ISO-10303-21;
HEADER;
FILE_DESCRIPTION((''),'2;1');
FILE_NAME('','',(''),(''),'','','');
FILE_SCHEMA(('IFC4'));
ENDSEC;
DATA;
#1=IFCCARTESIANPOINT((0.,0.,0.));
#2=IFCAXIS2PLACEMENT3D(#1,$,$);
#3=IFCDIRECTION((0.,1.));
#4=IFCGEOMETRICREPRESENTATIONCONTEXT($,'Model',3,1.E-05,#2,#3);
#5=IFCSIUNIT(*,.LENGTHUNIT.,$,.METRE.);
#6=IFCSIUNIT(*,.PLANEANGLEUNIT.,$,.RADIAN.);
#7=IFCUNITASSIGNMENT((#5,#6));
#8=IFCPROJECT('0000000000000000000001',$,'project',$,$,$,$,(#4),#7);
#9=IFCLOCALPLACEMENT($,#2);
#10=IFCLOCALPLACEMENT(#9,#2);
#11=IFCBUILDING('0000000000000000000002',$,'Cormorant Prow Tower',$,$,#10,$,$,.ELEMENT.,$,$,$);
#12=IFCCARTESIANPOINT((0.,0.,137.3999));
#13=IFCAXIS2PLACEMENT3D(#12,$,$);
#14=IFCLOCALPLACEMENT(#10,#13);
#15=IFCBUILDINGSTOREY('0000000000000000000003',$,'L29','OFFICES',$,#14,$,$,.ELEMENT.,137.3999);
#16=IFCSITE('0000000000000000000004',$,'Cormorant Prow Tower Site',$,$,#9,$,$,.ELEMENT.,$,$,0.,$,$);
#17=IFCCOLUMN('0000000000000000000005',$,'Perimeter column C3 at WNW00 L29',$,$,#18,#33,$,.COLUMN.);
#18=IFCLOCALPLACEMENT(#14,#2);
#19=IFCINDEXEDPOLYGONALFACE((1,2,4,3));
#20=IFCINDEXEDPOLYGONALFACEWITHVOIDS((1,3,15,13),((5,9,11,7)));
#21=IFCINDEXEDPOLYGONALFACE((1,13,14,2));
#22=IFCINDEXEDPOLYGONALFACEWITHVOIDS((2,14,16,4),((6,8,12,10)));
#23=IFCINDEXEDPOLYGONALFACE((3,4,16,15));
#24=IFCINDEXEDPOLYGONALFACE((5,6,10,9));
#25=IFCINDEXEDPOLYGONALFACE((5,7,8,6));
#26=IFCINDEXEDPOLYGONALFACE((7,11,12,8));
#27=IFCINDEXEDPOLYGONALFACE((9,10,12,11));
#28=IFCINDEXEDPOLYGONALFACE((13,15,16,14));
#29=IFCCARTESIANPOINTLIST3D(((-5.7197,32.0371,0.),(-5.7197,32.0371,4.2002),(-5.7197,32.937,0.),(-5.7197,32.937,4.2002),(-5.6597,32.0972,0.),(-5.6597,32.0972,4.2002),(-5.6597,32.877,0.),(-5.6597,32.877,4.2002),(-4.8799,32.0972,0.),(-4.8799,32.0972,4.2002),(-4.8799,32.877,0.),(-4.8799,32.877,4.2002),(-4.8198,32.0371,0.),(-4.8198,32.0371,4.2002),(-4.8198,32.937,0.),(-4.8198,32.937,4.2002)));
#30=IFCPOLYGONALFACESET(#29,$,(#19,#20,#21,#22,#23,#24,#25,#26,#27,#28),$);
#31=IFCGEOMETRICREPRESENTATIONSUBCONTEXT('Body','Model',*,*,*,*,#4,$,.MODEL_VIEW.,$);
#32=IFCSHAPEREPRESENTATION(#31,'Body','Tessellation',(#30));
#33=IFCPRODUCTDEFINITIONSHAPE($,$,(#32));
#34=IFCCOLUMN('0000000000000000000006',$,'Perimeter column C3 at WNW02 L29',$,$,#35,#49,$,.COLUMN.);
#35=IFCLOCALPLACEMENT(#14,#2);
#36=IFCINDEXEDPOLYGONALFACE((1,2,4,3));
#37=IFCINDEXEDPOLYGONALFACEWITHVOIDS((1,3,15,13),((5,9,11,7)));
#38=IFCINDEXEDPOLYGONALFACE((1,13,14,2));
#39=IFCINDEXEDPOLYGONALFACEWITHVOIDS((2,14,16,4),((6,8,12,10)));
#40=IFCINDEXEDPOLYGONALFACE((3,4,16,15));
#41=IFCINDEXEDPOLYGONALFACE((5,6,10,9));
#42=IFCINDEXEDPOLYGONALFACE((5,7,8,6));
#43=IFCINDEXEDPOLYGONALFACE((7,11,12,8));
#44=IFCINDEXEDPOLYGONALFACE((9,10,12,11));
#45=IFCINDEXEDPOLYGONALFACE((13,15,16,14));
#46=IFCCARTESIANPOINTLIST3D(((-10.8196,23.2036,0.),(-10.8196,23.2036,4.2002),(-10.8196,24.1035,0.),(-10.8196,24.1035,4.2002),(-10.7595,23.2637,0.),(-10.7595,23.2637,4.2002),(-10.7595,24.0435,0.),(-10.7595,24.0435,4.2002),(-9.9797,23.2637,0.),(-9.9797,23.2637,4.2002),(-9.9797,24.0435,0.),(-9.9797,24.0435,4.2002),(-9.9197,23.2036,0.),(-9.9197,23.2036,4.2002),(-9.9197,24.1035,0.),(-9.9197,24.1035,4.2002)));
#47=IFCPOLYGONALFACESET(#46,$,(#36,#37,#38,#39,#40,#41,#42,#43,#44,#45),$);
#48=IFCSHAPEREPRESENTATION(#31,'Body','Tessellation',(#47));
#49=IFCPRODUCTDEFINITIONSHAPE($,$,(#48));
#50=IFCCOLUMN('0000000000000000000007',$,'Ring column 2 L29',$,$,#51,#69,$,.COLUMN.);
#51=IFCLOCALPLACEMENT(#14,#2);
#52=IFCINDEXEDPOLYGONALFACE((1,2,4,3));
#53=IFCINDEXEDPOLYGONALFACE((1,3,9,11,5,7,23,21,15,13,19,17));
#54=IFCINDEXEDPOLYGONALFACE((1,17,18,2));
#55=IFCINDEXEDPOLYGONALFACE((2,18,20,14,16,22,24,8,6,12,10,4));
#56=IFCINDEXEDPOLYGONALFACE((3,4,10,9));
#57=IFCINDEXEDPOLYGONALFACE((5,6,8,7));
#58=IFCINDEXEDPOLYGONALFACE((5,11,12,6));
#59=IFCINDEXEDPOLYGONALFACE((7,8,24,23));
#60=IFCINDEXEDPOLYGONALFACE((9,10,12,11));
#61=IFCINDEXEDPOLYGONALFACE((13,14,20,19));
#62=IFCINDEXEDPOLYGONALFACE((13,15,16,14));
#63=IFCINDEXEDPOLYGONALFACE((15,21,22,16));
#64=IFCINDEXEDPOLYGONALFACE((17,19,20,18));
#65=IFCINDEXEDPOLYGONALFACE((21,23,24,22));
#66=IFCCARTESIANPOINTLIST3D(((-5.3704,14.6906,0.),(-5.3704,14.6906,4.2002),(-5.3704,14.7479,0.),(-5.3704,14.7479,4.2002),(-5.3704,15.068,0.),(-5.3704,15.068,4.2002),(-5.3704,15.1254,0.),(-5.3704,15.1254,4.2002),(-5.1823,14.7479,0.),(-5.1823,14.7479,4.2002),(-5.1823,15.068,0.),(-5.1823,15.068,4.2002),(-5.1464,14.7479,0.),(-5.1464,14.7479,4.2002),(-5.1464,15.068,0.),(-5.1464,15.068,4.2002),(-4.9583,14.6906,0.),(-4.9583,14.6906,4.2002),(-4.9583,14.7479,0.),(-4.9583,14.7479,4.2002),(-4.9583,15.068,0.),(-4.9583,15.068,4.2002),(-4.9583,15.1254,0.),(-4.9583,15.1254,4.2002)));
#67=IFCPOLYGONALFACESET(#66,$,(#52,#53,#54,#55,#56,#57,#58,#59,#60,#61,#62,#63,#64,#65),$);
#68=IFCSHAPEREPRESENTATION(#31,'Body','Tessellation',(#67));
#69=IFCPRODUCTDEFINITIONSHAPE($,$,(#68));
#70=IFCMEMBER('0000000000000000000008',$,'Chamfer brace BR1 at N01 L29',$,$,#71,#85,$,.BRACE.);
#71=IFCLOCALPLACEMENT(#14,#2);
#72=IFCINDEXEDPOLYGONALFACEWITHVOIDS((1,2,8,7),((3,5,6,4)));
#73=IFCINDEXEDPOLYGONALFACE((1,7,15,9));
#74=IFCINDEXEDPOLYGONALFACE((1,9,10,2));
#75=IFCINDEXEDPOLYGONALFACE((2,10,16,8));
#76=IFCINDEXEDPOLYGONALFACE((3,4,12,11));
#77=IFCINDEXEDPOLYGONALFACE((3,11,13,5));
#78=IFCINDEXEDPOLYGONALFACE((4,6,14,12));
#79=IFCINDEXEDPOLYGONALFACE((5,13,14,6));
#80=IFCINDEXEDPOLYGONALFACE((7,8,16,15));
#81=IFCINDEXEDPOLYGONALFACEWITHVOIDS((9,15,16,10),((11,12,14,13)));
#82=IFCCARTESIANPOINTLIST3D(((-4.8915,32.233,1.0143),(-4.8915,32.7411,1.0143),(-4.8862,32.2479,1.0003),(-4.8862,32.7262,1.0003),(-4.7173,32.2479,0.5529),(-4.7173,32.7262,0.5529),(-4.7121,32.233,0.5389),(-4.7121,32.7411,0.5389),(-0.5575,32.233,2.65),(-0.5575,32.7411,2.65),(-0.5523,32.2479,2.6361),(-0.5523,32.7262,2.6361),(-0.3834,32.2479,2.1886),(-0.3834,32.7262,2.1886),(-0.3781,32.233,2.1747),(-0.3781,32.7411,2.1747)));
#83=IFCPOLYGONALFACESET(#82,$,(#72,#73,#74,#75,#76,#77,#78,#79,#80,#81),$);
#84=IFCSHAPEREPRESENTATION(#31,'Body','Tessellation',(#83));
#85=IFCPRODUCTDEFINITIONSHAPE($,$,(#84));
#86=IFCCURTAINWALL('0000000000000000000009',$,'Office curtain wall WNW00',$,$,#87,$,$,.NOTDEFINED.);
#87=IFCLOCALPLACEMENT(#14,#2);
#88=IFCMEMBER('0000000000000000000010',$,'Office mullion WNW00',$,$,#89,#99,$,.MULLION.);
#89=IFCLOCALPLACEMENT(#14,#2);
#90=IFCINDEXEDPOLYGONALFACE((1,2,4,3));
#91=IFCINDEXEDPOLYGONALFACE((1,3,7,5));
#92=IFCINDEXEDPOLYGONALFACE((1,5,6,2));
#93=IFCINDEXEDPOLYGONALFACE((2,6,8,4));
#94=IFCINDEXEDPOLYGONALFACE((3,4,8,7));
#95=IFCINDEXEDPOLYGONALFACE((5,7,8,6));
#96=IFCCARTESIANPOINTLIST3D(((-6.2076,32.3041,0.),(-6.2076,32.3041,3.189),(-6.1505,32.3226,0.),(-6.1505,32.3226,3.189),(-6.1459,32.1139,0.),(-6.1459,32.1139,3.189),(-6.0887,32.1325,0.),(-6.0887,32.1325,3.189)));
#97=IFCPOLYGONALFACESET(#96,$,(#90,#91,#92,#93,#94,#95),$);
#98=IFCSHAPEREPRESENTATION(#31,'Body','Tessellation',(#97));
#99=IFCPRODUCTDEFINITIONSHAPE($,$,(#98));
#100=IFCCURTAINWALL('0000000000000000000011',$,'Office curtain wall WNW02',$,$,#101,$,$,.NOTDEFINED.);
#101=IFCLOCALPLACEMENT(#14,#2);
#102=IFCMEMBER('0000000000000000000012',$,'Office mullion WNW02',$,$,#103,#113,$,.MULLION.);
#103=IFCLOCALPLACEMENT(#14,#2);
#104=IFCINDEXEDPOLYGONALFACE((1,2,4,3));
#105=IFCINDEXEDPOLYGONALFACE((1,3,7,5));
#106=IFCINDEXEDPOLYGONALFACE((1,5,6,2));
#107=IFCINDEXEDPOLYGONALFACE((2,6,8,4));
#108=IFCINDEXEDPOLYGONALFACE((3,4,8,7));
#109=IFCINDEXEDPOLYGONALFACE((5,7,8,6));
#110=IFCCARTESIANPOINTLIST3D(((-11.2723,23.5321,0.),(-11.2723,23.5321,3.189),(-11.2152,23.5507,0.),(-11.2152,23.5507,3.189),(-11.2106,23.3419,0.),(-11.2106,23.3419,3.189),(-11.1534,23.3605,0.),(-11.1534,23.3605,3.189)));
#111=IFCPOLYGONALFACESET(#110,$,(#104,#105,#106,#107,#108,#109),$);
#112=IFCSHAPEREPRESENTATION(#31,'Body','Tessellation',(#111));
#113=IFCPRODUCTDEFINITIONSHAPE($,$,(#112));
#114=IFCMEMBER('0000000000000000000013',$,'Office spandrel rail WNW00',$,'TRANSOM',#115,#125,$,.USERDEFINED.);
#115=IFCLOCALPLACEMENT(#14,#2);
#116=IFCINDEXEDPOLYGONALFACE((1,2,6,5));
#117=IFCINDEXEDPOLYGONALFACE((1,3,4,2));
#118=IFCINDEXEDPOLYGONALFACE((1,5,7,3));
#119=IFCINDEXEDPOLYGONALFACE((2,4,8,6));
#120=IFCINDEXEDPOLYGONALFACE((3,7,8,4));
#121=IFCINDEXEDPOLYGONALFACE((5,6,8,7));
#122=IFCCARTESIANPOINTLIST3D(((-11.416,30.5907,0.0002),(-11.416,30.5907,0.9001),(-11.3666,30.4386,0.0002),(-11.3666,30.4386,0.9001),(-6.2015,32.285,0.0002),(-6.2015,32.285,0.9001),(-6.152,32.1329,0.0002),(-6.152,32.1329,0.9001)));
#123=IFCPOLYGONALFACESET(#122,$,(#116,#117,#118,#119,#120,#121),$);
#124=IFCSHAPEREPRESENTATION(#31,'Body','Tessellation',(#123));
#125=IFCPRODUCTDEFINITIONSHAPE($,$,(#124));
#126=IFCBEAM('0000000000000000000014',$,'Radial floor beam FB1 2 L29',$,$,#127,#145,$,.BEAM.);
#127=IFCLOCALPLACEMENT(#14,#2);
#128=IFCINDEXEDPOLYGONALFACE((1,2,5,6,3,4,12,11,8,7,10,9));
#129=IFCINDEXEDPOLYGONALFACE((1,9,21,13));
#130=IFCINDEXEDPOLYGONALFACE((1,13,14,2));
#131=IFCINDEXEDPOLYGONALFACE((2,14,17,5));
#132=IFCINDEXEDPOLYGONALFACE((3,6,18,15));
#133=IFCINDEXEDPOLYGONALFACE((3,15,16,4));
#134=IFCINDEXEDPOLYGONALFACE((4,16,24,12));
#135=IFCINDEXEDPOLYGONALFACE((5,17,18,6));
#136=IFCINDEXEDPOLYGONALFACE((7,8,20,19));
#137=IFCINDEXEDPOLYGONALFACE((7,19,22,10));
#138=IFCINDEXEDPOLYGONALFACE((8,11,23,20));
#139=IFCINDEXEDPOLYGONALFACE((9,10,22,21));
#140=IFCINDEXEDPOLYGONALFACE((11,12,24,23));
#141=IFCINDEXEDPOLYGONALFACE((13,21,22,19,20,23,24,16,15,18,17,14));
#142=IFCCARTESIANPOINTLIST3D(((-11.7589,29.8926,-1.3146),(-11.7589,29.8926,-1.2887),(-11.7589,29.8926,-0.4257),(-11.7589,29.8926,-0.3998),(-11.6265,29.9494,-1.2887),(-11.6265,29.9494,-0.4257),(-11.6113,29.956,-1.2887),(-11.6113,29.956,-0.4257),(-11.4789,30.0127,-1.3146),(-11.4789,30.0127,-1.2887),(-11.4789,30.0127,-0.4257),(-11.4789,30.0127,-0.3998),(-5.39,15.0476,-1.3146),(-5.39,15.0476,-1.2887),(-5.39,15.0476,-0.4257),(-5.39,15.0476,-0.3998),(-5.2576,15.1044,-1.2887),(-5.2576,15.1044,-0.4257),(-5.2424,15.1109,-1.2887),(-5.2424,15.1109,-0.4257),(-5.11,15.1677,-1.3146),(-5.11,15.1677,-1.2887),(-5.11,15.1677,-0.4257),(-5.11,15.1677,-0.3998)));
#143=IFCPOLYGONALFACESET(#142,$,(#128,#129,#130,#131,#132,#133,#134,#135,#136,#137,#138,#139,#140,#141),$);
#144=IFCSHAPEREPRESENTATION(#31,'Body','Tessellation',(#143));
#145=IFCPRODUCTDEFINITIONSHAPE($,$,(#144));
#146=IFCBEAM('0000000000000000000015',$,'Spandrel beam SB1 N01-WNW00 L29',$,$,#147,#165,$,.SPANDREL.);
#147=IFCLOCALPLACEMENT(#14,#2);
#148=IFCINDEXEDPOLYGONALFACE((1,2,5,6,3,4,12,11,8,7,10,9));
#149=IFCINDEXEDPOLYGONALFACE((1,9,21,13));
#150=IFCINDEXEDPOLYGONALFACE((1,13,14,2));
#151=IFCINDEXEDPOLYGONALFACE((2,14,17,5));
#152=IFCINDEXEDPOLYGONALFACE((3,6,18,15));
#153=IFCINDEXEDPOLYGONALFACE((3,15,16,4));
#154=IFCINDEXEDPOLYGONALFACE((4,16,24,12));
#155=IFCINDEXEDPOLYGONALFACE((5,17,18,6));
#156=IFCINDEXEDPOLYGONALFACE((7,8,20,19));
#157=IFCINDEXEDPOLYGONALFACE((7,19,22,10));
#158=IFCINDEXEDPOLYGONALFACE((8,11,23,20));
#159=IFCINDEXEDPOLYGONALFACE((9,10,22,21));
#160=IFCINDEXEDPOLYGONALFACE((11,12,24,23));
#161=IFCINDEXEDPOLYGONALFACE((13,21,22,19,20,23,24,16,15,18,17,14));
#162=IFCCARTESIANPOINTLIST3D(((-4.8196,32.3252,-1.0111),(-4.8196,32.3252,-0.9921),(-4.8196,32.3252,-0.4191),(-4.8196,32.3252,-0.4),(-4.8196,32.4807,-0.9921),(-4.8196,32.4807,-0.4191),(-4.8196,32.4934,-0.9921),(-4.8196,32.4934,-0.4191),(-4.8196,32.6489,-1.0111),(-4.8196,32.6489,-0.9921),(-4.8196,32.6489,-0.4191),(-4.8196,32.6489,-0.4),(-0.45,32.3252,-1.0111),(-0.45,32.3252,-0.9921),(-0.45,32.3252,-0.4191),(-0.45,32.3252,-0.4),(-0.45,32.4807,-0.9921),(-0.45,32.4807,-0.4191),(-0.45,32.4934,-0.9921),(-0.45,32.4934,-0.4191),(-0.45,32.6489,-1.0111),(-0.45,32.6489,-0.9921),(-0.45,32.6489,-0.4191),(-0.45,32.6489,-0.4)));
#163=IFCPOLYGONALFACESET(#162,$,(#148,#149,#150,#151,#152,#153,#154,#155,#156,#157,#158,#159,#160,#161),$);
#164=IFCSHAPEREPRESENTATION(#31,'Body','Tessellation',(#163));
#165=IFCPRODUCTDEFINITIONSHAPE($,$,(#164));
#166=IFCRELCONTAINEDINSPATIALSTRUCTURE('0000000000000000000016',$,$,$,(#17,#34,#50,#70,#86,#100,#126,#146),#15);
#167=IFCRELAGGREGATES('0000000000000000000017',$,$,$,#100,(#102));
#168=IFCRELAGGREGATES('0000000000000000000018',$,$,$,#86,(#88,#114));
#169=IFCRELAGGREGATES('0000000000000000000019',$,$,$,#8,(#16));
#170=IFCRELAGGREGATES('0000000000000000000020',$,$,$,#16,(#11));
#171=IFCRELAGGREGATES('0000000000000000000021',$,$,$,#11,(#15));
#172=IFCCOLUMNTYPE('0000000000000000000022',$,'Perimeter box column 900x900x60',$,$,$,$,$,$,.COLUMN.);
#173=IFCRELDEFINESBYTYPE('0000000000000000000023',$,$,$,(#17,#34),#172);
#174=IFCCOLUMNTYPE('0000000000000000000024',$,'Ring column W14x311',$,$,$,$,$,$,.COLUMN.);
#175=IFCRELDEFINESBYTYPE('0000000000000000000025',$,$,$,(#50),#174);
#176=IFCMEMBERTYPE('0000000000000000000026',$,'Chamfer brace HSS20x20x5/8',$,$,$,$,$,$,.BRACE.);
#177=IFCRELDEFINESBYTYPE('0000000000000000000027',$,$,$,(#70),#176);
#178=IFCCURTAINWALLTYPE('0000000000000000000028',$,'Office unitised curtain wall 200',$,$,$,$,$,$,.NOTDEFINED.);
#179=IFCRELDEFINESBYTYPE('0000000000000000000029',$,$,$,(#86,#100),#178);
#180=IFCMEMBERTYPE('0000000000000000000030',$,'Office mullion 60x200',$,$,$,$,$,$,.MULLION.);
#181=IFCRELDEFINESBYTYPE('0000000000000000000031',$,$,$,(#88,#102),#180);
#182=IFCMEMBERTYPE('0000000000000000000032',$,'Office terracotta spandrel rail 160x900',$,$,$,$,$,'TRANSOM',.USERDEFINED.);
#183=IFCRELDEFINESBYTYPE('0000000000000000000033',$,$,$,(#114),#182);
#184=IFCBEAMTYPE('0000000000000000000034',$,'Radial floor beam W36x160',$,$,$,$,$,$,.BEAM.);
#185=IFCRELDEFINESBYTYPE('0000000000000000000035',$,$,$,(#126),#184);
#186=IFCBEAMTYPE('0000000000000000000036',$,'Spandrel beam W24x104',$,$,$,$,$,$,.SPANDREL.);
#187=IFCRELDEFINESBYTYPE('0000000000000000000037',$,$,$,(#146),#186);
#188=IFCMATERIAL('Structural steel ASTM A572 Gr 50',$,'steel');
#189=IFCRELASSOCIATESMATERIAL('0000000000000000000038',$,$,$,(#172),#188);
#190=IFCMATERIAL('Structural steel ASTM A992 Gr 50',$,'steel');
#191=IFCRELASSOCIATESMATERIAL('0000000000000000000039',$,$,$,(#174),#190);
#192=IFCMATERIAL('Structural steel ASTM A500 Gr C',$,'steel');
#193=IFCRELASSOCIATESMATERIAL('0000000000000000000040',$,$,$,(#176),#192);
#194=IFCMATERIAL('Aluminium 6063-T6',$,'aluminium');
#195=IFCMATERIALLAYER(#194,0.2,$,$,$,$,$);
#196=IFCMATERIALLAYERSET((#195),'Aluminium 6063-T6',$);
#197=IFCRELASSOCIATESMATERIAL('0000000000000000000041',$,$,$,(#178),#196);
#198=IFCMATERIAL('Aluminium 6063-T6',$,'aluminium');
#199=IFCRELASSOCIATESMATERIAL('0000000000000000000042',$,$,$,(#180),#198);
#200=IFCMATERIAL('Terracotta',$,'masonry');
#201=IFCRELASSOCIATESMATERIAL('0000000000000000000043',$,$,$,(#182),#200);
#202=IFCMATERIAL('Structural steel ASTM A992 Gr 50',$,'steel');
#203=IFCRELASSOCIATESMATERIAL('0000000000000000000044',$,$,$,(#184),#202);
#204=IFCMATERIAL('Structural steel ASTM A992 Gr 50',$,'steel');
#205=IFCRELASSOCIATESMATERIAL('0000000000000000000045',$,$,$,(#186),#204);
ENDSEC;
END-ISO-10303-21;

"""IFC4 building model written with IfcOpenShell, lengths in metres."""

from ifc_helpers import new_model, si_unit, direction, frame, origin, origin_2d, place, context, subcontext, project, spatial, rectangle, hollow_rectangle, i_section, extrude, material, layer, layer_set, material_profile, profile_set, type_object, element, aggregate, save


model = new_model("IFC4")

# Units and contexts
model_context = context("Model", 3, precision=1e-05, world=origin(), true_north=direction((0.0, 1.0)))
body_context = subcontext(model_context, "Body", "Model", "MODEL_VIEW")
ifc_project = project(units=[si_unit("LENGTHUNIT", "METRE"), si_unit("PLANEANGLEUNIT", "RADIAN")], contexts=[model_context])

# Site, building, storey
site_placement = place(None, origin())
site = spatial("IfcSite", under=ifc_project, at=site_placement, Name="Cormorant Prow Tower Site", CompositionType="ELEMENT", RefElevation=0.0)
building_placement = place(site_placement, origin())
building = spatial("IfcBuilding", under=site, at=building_placement, Name="Cormorant Prow Tower", CompositionType="ELEMENT")
storey_placement = place(building_placement, frame((0.0, 0.0, 137.3999)))
storey = spatial("IfcBuildingStorey", under=building, at=storey_placement, Name="L29", Description="OFFICES", CompositionType="ELEMENT", Elevation=137.3999)

# Columns
ifc_material_1 = material(Name="Structural steel ASTM A572 Gr 50", Category="steel")
ifc_material_profile_1 = material_profile(ifc_material_1, hollow_rectangle(XDim=0.8999, YDim=0.8999, WallThickness=0.0601, at=origin_2d()), Name="Box 900x900x60")
ifc_profile_set_1 = profile_set([ifc_material_profile_1], Name="Structural steel ASTM A572 Gr 50")
column_type_1 = type_object("IfcColumnType", Name="Perimeter box column 900x900x60", PredefinedType="COLUMN", material=ifc_profile_set_1)
for number, where, z_axis, x_axis, name in (
    (1, (-5.2698, 32.4871, 0.0), (0.0, 0.0, 1.0), (1.0, 0.0, 0.0), "Perimeter column C3 at WNW00 L29"),
    (2, (-10.3696, 23.6536, 0.0), (0.0, 0.0, 1.0), (1.0, 0.0, 0.0), "Perimeter column C3 at WNW02 L29"),
):
    element("IfcColumn", number, at=place(storey_placement, frame(where, z_axis=z_axis, x_axis=x_axis)), inside=storey, type_object=column_type_1, Name=name, PredefinedType="COLUMN", context=body_context, shape_type="SweptSolid", body=[
        extrude(hollow_rectangle(XDim=0.8999, YDim=0.8999, WallThickness=0.0601, at=origin_2d()), origin(), (0.0, 0.0, 1.0), 4.2002),
    ])
ifc_material_2 = material(Name="Structural steel ASTM A992 Gr 50", Category="steel")
ifc_material_profile_2 = material_profile(ifc_material_2, i_section(OverallWidth=0.4121, OverallDepth=0.4348, WebThickness=0.0359, FlangeThickness=0.0574, at=origin_2d()), Name="W14x311")
ifc_profile_set_2 = profile_set([ifc_material_profile_2], Name="Structural steel ASTM A992 Gr 50")
column_type_2 = type_object("IfcColumnType", Name="Ring column W14x311", PredefinedType="COLUMN", material=ifc_profile_set_2)
column_placement = place(storey_placement, frame((-5.1643, 14.908, 0.0), z_axis=(0.0, 0.0, 1.0), x_axis=(1.0, 0.0, 0.0)))
element("IfcColumn", 3, at=column_placement, inside=storey, type_object=column_type_2, Name="Ring column 2 L29", PredefinedType="COLUMN", context=body_context, shape_type="SweptSolid", body=[
    extrude(i_section(OverallWidth=0.4121, OverallDepth=0.4348, WebThickness=0.0359, FlangeThickness=0.0574, at=origin_2d()), origin(), (0.0, 0.0, 1.0), 4.2002),
])

# Member
ifc_material_3 = material(Name="Structural steel ASTM A500 Gr C", Category="steel")
ifc_material_profile_3 = material_profile(ifc_material_3, hollow_rectangle(XDim=0.5081, YDim=0.5081, WallThickness=0.0149, at=origin_2d()), Name="HSS20x20x5/8")
ifc_profile_set_3 = profile_set([ifc_material_profile_3], Name="Structural steel ASTM A500 Gr C")
member_type_1 = type_object("IfcMemberType", Name="Chamfer brace HSS20x20x5/8", PredefinedType="BRACE", material=ifc_profile_set_3)
member_1_placement = place(storey_placement, frame((-4.8018, 32.4871, 0.7766), z_axis=(0.935582, 0.0, 0.353109), x_axis=(0.0, 1.0, 0.0)))
element("IfcMember", 4, at=member_1_placement, inside=storey, type_object=member_type_1, Name="Chamfer brace BR1 at N01 L29", PredefinedType="BRACE", context=body_context, shape_type="SweptSolid", body=[
    extrude(hollow_rectangle(XDim=0.5081, YDim=0.5081, WallThickness=0.0149, at=origin_2d()), origin(), (0.0, 0.0, 1.0), 4.6323),
])

# Curtain walls, members
ifc_material_4 = material(Name="Aluminium 6063-T6", Category="aluminium")
ifc_layer_1 = layer(ifc_material_4, 0.2)
ifc_layer_set_1 = layer_set([ifc_layer_1], Name="Aluminium 6063-T6")
curtain_wall_type = type_object("IfcCurtainWallType", Name="Office unitised curtain wall 200", PredefinedType="NOTDEFINED", material=ifc_layer_set_1)
curtain_wall_1_placement = place(storey_placement, origin())
curtain_wall_1 = element("IfcCurtainWall", 5, at=curtain_wall_1_placement, inside=storey, type_object=curtain_wall_type, Name="Office curtain wall WNW00", PredefinedType="NOTDEFINED")
ifc_material_5 = material(Name="Aluminium 6063-T6", Category="aluminium")
ifc_material_profile_4 = material_profile(ifc_material_5, rectangle(XDim=0.2, YDim=0.0601, at=origin_2d()), Name="Office mullion 60x200")
ifc_profile_set_4 = profile_set([ifc_material_profile_4], Name="Aluminium 6063-T6")
member_type_2 = type_object("IfcMemberType", Name="Office mullion 60x200", PredefinedType="MULLION", material=ifc_profile_set_4)
member_2_placement = place(storey_placement, frame((-6.1482, 32.2183, 0.0), z_axis=(0.0, 0.0, 1.0), x_axis=(0.309017, -0.951057, 0.0)))
member_2 = element("IfcMember", 6, at=member_2_placement, type_object=member_type_2, Name="Office mullion WNW00", PredefinedType="MULLION", context=body_context, shape_type="SweptSolid", body=[
    extrude(rectangle(XDim=0.2, YDim=0.0601, at=origin_2d()), origin(), (0.0, 0.0, 1.0), 3.189),
])
curtain_wall_2_placement = place(storey_placement, origin())
curtain_wall_2 = element("IfcCurtainWall", 7, at=curtain_wall_2_placement, inside=storey, type_object=curtain_wall_type, Name="Office curtain wall WNW02", PredefinedType="NOTDEFINED")
member_3_placement = place(storey_placement, frame((-11.2129, 23.4463, 0.0), z_axis=(0.0, 0.0, 1.0), x_axis=(0.309017, -0.951057, 0.0)))
member_3 = element("IfcMember", 8, at=member_3_placement, type_object=member_type_2, Name="Office mullion WNW02", PredefinedType="MULLION", context=body_context, shape_type="SweptSolid", body=[
    extrude(rectangle(XDim=0.2, YDim=0.0601, at=origin_2d()), origin(), (0.0, 0.0, 1.0), 3.189),
])
aggregate(curtain_wall_2, [member_3])

# Member
ifc_material_6 = material(Name="Terracotta", Category="masonry")
ifc_material_profile_5 = material_profile(ifc_material_6, rectangle(XDim=0.1599, YDim=0.8999, at=origin_2d()), Name="Office terracotta spandrel rail 160x900")
ifc_profile_set_5 = profile_set([ifc_material_profile_5], Name="Terracotta")
member_type_3 = type_object("IfcMemberType", Name="Office terracotta spandrel rail 160x900", ElementType="TRANSOM", PredefinedType="USERDEFINED", material=ifc_profile_set_5)
member_4_placement = place(storey_placement, frame((-6.1768, 32.209, 0.4502), z_axis=(-0.951056, -0.309019, 0.0), x_axis=(0.309019, -0.951056, 0.0)))
member_4 = element("IfcMember", 9, at=member_4_placement, type_object=member_type_3, Name="Office spandrel rail WNW00", ObjectType="TRANSOM", PredefinedType="USERDEFINED", context=body_context, shape_type="SweptSolid", body=[
    extrude(rectangle(XDim=0.1599, YDim=0.8999, at=origin_2d()), origin(), (0.0, 0.0, 1.0), 5.4829),
])

# Beams
ifc_material_7 = material(Name="Structural steel ASTM A992 Gr 50", Category="steel")
ifc_material_profile_6 = material_profile(ifc_material_7, i_section(OverallWidth=0.3047, OverallDepth=0.9148, WebThickness=0.0166, FlangeThickness=0.0259, at=origin_2d()), Name="W36x160")
ifc_profile_set_6 = profile_set([ifc_material_profile_6], Name="Structural steel ASTM A992 Gr 50")
beam_type_1 = type_object("IfcBeamType", Name="Radial floor beam W36x160", PredefinedType="BEAM", material=ifc_profile_set_6)
beam_1_placement = place(storey_placement, frame((-5.25, 15.1077, -0.8572), z_axis=(-0.394273, 0.918993, 0.0), x_axis=(-0.918993, -0.394273, 0.0)))
element("IfcBeam", 10, at=beam_1_placement, inside=storey, type_object=beam_type_1, Name="Radial floor beam FB1 2 L29", PredefinedType="BEAM", context=body_context, shape_type="SweptSolid", body=[
    extrude(i_section(OverallWidth=0.3047, OverallDepth=0.9148, WebThickness=0.0166, FlangeThickness=0.0259, at=origin_2d()), origin(), (0.0, 0.0, 1.0), 16.1536),
])
ifc_material_8 = material(Name="Structural steel ASTM A992 Gr 50", Category="steel")
ifc_material_profile_7 = material_profile(ifc_material_8, i_section(OverallWidth=0.3237, OverallDepth=0.6111, WebThickness=0.0127, FlangeThickness=0.019, at=origin_2d()), Name="W24x104")
ifc_profile_set_7 = profile_set([ifc_material_profile_7], Name="Structural steel ASTM A992 Gr 50")
beam_type_2 = type_object("IfcBeamType", Name="Spandrel beam W24x104", PredefinedType="SPANDREL", material=ifc_profile_set_7)
beam_2_placement = place(storey_placement, frame((-0.45, 32.4871, -0.7056), z_axis=(-1.0, 0.0, 0.0), x_axis=(0.0, -1.0, 0.0)))
element("IfcBeam", 11, at=beam_2_placement, inside=storey, type_object=beam_type_2, Name="Spandrel beam SB1 N01-WNW00 L29", PredefinedType="SPANDREL", context=body_context, shape_type="SweptSolid", body=[
    extrude(i_section(OverallWidth=0.3237, OverallDepth=0.6111, WebThickness=0.0127, FlangeThickness=0.019, at=origin_2d()), origin(), (0.0, 0.0, 1.0), 4.3696),
])

aggregate(curtain_wall_1, [member_2, member_4])

save(model, "model.ifc")
